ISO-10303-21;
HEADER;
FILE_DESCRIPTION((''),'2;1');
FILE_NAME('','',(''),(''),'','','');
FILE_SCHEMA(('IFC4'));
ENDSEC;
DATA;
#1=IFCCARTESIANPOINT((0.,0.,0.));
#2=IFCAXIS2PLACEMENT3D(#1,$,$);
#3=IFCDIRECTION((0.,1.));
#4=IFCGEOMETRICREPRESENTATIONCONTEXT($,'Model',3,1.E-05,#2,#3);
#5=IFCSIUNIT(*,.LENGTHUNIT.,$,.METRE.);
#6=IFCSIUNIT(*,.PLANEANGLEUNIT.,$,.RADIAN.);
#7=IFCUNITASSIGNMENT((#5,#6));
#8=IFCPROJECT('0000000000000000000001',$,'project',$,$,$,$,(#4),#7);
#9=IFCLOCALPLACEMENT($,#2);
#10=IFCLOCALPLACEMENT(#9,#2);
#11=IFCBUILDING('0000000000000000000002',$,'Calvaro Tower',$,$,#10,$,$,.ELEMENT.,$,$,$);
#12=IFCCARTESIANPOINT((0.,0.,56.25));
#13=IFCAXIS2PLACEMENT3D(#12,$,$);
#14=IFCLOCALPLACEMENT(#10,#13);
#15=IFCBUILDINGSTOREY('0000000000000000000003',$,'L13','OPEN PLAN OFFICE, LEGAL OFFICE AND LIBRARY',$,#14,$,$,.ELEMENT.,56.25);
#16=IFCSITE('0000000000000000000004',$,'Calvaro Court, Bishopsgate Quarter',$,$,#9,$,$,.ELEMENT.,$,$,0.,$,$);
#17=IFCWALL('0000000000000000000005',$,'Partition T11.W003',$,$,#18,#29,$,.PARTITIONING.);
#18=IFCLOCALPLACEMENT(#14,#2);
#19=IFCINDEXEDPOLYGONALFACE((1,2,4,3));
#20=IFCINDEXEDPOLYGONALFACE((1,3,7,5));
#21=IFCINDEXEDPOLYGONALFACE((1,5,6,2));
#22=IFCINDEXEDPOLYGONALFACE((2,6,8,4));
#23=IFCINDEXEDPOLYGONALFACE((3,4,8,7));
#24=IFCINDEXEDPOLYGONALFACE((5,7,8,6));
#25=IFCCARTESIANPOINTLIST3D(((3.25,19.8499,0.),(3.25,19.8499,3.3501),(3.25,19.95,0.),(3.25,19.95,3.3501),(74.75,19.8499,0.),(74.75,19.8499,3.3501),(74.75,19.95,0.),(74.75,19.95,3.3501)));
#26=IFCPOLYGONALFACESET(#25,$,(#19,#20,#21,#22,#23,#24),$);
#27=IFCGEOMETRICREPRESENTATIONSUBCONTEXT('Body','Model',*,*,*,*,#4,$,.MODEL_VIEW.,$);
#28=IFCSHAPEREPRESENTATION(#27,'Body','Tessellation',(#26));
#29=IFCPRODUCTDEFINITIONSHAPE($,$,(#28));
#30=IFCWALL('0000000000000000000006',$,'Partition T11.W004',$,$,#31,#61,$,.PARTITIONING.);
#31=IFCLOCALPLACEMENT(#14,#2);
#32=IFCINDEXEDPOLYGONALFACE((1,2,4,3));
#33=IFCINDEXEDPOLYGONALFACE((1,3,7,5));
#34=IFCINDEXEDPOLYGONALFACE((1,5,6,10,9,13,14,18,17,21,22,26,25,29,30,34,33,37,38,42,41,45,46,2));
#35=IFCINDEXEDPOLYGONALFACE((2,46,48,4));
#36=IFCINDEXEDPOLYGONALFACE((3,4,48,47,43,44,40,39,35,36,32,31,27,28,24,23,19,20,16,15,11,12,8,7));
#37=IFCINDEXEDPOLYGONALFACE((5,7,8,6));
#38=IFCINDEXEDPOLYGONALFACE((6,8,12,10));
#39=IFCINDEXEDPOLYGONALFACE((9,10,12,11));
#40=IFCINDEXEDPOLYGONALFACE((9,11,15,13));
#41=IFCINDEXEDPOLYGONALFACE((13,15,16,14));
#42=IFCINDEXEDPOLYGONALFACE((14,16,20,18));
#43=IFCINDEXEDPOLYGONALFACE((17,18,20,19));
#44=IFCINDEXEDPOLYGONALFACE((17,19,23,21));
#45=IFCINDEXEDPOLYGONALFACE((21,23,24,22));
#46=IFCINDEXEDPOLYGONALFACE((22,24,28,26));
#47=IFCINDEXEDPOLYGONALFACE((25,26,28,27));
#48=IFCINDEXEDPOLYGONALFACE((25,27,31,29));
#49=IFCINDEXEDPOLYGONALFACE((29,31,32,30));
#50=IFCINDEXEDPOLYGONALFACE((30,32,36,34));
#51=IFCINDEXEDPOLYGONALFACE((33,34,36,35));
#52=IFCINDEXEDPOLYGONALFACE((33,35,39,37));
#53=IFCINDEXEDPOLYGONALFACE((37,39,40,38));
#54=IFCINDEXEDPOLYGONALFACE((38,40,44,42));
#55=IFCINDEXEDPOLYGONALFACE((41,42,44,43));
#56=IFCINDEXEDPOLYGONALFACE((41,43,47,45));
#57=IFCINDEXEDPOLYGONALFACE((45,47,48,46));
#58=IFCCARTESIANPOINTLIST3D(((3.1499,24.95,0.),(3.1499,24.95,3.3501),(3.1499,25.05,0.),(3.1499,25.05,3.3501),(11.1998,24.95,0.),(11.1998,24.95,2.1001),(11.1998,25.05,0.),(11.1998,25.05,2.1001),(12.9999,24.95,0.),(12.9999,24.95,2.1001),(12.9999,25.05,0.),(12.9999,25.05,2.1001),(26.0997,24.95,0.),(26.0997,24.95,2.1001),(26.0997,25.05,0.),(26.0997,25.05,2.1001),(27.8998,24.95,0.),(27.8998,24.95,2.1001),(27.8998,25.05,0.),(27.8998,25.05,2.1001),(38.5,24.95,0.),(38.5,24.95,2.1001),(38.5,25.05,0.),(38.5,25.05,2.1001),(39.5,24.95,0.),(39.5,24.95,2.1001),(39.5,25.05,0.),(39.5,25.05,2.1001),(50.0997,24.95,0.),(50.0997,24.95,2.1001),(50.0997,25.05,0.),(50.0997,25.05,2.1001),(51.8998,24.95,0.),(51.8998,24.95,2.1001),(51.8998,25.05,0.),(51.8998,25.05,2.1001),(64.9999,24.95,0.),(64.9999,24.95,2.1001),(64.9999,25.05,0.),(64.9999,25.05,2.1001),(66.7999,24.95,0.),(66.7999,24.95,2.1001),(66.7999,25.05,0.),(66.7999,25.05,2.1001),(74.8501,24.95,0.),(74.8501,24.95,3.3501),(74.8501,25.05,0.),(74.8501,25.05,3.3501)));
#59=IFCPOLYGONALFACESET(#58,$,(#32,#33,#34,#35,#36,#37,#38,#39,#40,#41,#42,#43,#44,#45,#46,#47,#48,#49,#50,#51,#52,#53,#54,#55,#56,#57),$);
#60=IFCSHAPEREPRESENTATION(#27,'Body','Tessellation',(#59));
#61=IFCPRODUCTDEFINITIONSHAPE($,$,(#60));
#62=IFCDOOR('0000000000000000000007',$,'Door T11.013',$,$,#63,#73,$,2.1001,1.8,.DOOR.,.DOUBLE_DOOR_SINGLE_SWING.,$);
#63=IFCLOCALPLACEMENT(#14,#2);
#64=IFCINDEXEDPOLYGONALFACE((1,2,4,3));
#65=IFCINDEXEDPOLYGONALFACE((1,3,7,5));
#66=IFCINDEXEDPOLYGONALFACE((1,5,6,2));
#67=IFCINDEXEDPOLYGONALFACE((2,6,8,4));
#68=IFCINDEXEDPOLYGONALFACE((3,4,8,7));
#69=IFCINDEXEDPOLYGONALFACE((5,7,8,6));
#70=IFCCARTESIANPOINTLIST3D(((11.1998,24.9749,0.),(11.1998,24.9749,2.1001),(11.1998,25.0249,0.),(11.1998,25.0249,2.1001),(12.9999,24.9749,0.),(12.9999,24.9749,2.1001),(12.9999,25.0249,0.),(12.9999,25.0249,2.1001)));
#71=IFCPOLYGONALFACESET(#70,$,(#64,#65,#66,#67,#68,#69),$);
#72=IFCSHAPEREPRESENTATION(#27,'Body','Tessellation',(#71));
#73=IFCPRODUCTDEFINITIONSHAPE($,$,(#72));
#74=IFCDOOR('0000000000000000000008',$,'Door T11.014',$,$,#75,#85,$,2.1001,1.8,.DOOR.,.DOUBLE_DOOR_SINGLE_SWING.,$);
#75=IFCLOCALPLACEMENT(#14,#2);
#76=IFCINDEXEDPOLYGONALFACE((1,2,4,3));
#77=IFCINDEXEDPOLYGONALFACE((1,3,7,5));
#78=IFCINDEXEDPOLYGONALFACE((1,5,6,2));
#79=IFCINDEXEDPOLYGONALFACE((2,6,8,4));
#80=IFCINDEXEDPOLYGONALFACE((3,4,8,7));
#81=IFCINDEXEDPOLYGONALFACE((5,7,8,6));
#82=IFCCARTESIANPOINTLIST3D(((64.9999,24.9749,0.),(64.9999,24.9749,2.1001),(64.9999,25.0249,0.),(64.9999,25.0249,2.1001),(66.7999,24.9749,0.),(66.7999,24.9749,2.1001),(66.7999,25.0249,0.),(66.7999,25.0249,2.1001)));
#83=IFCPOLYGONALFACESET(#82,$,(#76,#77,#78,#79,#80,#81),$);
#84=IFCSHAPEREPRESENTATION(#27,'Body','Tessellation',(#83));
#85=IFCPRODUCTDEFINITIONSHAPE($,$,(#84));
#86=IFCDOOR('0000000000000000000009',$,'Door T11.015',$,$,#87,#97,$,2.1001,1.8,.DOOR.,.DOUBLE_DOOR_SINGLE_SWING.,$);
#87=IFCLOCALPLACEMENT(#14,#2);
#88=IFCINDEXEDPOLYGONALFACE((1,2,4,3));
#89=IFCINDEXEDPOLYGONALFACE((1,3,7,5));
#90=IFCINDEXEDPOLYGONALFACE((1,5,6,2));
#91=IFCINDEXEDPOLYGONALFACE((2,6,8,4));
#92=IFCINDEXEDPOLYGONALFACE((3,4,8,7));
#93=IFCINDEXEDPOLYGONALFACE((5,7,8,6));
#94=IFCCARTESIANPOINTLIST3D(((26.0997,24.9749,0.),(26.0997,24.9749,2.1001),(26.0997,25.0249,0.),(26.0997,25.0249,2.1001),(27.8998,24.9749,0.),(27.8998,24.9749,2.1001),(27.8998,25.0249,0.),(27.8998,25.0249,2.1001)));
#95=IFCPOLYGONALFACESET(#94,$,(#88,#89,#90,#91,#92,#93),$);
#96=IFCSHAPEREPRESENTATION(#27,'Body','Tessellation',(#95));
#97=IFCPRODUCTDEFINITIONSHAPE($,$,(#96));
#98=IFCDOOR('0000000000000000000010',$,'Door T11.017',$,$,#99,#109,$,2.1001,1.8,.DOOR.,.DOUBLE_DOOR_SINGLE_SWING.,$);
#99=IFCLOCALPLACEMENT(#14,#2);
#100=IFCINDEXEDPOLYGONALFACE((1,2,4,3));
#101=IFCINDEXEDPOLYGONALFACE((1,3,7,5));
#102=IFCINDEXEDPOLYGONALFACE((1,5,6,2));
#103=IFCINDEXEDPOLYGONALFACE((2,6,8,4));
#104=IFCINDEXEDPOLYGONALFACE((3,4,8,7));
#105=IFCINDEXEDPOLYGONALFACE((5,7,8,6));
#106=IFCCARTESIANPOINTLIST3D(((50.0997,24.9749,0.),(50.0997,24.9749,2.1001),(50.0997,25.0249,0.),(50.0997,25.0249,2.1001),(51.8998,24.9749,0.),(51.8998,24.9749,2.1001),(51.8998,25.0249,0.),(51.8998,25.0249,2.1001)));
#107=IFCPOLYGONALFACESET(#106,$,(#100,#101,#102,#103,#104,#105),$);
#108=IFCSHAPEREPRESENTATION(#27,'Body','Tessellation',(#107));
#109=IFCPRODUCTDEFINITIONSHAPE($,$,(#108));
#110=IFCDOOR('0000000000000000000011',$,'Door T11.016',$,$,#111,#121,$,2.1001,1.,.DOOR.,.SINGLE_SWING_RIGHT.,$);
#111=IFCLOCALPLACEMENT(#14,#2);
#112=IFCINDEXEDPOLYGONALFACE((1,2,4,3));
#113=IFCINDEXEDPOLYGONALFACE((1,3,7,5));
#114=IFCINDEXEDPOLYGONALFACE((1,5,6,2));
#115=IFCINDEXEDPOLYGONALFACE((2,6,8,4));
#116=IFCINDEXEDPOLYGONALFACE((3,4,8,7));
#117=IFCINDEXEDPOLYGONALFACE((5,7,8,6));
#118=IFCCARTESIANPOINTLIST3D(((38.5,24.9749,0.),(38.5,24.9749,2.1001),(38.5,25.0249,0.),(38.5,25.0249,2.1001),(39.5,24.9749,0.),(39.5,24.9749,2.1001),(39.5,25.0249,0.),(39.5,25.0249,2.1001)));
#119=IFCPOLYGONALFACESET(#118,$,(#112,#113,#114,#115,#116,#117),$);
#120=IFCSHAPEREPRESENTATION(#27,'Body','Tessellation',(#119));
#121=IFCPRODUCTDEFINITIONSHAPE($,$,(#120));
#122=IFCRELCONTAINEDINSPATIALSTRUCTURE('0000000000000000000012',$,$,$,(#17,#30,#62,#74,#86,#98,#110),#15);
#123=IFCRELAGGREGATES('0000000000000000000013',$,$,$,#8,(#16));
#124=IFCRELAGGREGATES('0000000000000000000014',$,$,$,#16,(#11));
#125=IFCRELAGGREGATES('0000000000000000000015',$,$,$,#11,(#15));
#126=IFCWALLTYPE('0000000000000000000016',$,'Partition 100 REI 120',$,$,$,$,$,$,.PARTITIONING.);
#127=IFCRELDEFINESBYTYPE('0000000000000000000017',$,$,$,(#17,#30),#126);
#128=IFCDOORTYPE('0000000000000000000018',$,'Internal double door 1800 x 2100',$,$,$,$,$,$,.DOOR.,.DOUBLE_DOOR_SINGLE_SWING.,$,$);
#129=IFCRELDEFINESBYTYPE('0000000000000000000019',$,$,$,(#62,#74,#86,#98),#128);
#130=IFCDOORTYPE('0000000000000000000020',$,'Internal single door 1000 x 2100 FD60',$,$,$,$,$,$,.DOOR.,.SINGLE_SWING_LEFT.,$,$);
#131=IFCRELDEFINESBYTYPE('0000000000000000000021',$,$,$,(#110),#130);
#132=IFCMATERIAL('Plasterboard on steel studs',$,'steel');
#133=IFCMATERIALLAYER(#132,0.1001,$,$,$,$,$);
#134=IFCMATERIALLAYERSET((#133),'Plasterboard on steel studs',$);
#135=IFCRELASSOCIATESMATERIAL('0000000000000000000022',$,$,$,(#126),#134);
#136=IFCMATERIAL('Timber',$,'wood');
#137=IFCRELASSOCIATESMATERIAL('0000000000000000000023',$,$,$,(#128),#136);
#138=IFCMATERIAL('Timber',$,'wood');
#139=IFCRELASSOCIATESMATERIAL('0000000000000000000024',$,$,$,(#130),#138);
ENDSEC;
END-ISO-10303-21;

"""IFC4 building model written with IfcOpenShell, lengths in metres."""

from ifc_helpers import new_model, si_unit, direction, frame, frame_2d, origin, place, context, subcontext, project, spatial, rectangle, extrude, material, layer, layer_set, type_object, element, fill, save


model = new_model("IFC4")

# Units and contexts
model_context = context("Model", 3, precision=1e-05, world=origin(), true_north=direction((0.0, 1.0)))
body_context = subcontext(model_context, "Body", "Model", "MODEL_VIEW")
ifc_project = project(units=[si_unit("LENGTHUNIT", "METRE"), si_unit("PLANEANGLEUNIT", "RADIAN")], contexts=[model_context])

# Site, building, storey
site_placement = place(None, origin())
site = spatial("IfcSite", under=ifc_project, at=site_placement, Name="Calvaro Court, Bishopsgate Quarter", CompositionType="ELEMENT", RefElevation=0.0)
building_placement = place(site_placement, origin())
building = spatial("IfcBuilding", under=site, at=building_placement, Name="Calvaro Tower", CompositionType="ELEMENT")
storey_placement = place(building_placement, frame((0.0, 0.0, 56.25)))
storey = spatial("IfcBuildingStorey", under=building, at=storey_placement, Name="L13", Description="OPEN PLAN OFFICE, LEGAL OFFICE AND LIBRARY", CompositionType="ELEMENT", Elevation=56.25)

# Wall
ifc_material_1 = material(Name="Plasterboard on steel studs", Category="steel")
ifc_layer = layer(ifc_material_1, 0.1001)
ifc_layer_set = layer_set([ifc_layer], Name="Plasterboard on steel studs")
wall_type = type_object("IfcWallType", Name="Partition 100 REI 120", PredefinedType="PARTITIONING", material=ifc_layer_set)
wall_1_placement = place(storey_placement, frame((3.25, 19.8999, 0.0), z_axis=(0.0, 0.0, 1.0), x_axis=(1.0, 0.0, 0.0)))
element("IfcWall", 1, at=wall_1_placement, inside=storey, type_object=wall_type, Name="Partition T11.W003", PredefinedType="PARTITIONING", context=body_context, shape_type="SweptSolid", body=[
    extrude(rectangle(XDim=71.5, YDim=0.1001, at=frame_2d((35.75, 0.0))), origin(), (0.0, 0.0, 1.0), 3.3501),
])

# Wall, openings, doors
wall_2_placement = place(storey_placement, frame((3.1499, 25.0, 0.0), z_axis=(0.0, 0.0, 1.0), x_axis=(1.0, 0.0, 0.0)))
wall_2 = element("IfcWall", 2, at=wall_2_placement, inside=storey, type_object=wall_type, Name="Partition T11.W004", PredefinedType="PARTITIONING", context=body_context, shape_type="SweptSolid", body=[
    extrude(rectangle(XDim=71.7002, YDim=0.1001, at=frame_2d((35.8501, 0.0))), origin(), (0.0, 0.0, 1.0), 3.3501),
])
opening_1_placement = place(wall_2_placement, frame((8.05, 0.0, 0.0)))
opening_1 = element("IfcOpeningElement", 3, at=opening_1_placement, cuts=wall_2, PredefinedType="OPENING", context=body_context, shape_type="SweptSolid", body=[
    extrude(rectangle(XDim=1.8, YDim=2.1001, at=frame_2d((0.8999, 1.05))), frame((0.0, 0.0601, 0.0), z_axis=(0.0, -1.0, 0.0), x_axis=(1.0, 0.0, 0.0)), (0.0, 0.0, 1.0), 0.1201),
])
opening_2_placement = place(wall_2_placement, frame((61.8501, 0.0, 0.0)))
opening_2 = element("IfcOpeningElement", 4, at=opening_2_placement, cuts=wall_2, PredefinedType="OPENING", context=body_context, shape_type="SweptSolid", body=[
    extrude(rectangle(XDim=1.8, YDim=2.1001, at=frame_2d((0.8999, 1.05))), frame((0.0, 0.0601, 0.0), z_axis=(0.0, -1.0, 0.0), x_axis=(1.0, 0.0, 0.0)), (0.0, 0.0, 1.0), 0.1201),
])
opening_3_placement = place(wall_2_placement, frame((22.95, 0.0, 0.0)))
opening_3 = element("IfcOpeningElement", 5, at=opening_3_placement, cuts=wall_2, PredefinedType="OPENING", context=body_context, shape_type="SweptSolid", body=[
    extrude(rectangle(XDim=1.8, YDim=2.1001, at=frame_2d((0.8999, 1.05))), frame((0.0, 0.0601, 0.0), z_axis=(0.0, -1.0, 0.0), x_axis=(1.0, 0.0, 0.0)), (0.0, 0.0, 1.0), 0.1201),
])
opening_4_placement = place(wall_2_placement, frame((35.3501, 0.0, 0.0)))
opening_4 = element("IfcOpeningElement", 6, at=opening_4_placement, cuts=wall_2, PredefinedType="OPENING", context=body_context, shape_type="SweptSolid", body=[
    extrude(rectangle(XDim=1.0, YDim=2.1001, at=frame_2d((0.5, 1.05))), frame((0.0, 0.0601, 0.0), z_axis=(0.0, -1.0, 0.0), x_axis=(1.0, 0.0, 0.0)), (0.0, 0.0, 1.0), 0.1201),
])
opening_5_placement = place(wall_2_placement, frame((46.95, 0.0, 0.0)))
opening_5 = element("IfcOpeningElement", 7, at=opening_5_placement, cuts=wall_2, PredefinedType="OPENING", context=body_context, shape_type="SweptSolid", body=[
    extrude(rectangle(XDim=1.8, YDim=2.1001, at=frame_2d((0.8999, 1.05))), frame((0.0, 0.0601, 0.0), z_axis=(0.0, -1.0, 0.0), x_axis=(1.0, 0.0, 0.0)), (0.0, 0.0, 1.0), 0.1201),
])
ifc_material_2 = material(Name="Timber", Category="wood")
door_type_1 = type_object("IfcDoorType", Name="Internal double door 1800 x 2100", OperationType="DOUBLE_DOOR_SINGLE_SWING", PredefinedType="DOOR", material=ifc_material_2)
door_1_placement = place(opening_1_placement, origin())
door_1 = element("IfcDoor", 8, at=door_1_placement, inside=storey, type_object=door_type_1, Name="Door T11.013", OperationType="DOUBLE_DOOR_SINGLE_SWING", OverallHeight=2.1001, OverallWidth=1.8, PredefinedType="DOOR", context=body_context, shape_type="SweptSolid", body=[
    extrude(rectangle(XDim=1.8, YDim=2.1001, at=frame_2d((0.8999, 1.05))), frame((0.0, 0.0249, 0.0), z_axis=(0.0, -1.0, 0.0), x_axis=(1.0, 0.0, 0.0)), (0.0, 0.0, 1.0), 0.05),
])
fill(opening_1, door_1)
door_2_placement = place(opening_2_placement, origin())
door_2 = element("IfcDoor", 9, at=door_2_placement, inside=storey, type_object=door_type_1, Name="Door T11.014", OperationType="DOUBLE_DOOR_SINGLE_SWING", OverallHeight=2.1001, OverallWidth=1.8, PredefinedType="DOOR", context=body_context, shape_type="SweptSolid", body=[
    extrude(rectangle(XDim=1.8, YDim=2.1001, at=frame_2d((0.8999, 1.05))), frame((0.0, 0.0249, 0.0), z_axis=(0.0, -1.0, 0.0), x_axis=(1.0, 0.0, 0.0)), (0.0, 0.0, 1.0), 0.05),
])
fill(opening_2, door_2)
door_3_placement = place(opening_3_placement, origin())
door_3 = element("IfcDoor", 10, at=door_3_placement, inside=storey, type_object=door_type_1, Name="Door T11.015", OperationType="DOUBLE_DOOR_SINGLE_SWING", OverallHeight=2.1001, OverallWidth=1.8, PredefinedType="DOOR", context=body_context, shape_type="SweptSolid", body=[
    extrude(rectangle(XDim=1.8, YDim=2.1001, at=frame_2d((0.8999, 1.05))), frame((0.0, 0.0249, 0.0), z_axis=(0.0, -1.0, 0.0), x_axis=(1.0, 0.0, 0.0)), (0.0, 0.0, 1.0), 0.05),
])
fill(opening_3, door_3)
door_4_placement = place(opening_5_placement, origin())
door_4 = element("IfcDoor", 11, at=door_4_placement, inside=storey, type_object=door_type_1, Name="Door T11.017", OperationType="DOUBLE_DOOR_SINGLE_SWING", OverallHeight=2.1001, OverallWidth=1.8, PredefinedType="DOOR", context=body_context, shape_type="SweptSolid", body=[
    extrude(rectangle(XDim=1.8, YDim=2.1001, at=frame_2d((0.8999, 1.05))), frame((0.0, 0.0249, 0.0), z_axis=(0.0, -1.0, 0.0), x_axis=(1.0, 0.0, 0.0)), (0.0, 0.0, 1.0), 0.05),
])
fill(opening_5, door_4)
ifc_material_3 = material(Name="Timber", Category="wood")
door_type_2 = type_object("IfcDoorType", Name="Internal single door 1000 x 2100 FD60", OperationType="SINGLE_SWING_LEFT", PredefinedType="DOOR", material=ifc_material_3)
door_5_placement = place(opening_4_placement, origin())
door_5 = element("IfcDoor", 12, at=door_5_placement, inside=storey, type_object=door_type_2, Name="Door T11.016", OperationType="SINGLE_SWING_RIGHT", OverallHeight=2.1001, OverallWidth=1.0, PredefinedType="DOOR", context=body_context, shape_type="SweptSolid", body=[
    extrude(rectangle(XDim=1.0, YDim=2.1001, at=frame_2d((0.5, 1.05))), frame((0.0, 0.0249, 0.0), z_axis=(0.0, -1.0, 0.0), x_axis=(1.0, 0.0, 0.0)), (0.0, 0.0, 1.0), 0.05),
])
fill(opening_4, door_5)

save(model, "model.ifc")
